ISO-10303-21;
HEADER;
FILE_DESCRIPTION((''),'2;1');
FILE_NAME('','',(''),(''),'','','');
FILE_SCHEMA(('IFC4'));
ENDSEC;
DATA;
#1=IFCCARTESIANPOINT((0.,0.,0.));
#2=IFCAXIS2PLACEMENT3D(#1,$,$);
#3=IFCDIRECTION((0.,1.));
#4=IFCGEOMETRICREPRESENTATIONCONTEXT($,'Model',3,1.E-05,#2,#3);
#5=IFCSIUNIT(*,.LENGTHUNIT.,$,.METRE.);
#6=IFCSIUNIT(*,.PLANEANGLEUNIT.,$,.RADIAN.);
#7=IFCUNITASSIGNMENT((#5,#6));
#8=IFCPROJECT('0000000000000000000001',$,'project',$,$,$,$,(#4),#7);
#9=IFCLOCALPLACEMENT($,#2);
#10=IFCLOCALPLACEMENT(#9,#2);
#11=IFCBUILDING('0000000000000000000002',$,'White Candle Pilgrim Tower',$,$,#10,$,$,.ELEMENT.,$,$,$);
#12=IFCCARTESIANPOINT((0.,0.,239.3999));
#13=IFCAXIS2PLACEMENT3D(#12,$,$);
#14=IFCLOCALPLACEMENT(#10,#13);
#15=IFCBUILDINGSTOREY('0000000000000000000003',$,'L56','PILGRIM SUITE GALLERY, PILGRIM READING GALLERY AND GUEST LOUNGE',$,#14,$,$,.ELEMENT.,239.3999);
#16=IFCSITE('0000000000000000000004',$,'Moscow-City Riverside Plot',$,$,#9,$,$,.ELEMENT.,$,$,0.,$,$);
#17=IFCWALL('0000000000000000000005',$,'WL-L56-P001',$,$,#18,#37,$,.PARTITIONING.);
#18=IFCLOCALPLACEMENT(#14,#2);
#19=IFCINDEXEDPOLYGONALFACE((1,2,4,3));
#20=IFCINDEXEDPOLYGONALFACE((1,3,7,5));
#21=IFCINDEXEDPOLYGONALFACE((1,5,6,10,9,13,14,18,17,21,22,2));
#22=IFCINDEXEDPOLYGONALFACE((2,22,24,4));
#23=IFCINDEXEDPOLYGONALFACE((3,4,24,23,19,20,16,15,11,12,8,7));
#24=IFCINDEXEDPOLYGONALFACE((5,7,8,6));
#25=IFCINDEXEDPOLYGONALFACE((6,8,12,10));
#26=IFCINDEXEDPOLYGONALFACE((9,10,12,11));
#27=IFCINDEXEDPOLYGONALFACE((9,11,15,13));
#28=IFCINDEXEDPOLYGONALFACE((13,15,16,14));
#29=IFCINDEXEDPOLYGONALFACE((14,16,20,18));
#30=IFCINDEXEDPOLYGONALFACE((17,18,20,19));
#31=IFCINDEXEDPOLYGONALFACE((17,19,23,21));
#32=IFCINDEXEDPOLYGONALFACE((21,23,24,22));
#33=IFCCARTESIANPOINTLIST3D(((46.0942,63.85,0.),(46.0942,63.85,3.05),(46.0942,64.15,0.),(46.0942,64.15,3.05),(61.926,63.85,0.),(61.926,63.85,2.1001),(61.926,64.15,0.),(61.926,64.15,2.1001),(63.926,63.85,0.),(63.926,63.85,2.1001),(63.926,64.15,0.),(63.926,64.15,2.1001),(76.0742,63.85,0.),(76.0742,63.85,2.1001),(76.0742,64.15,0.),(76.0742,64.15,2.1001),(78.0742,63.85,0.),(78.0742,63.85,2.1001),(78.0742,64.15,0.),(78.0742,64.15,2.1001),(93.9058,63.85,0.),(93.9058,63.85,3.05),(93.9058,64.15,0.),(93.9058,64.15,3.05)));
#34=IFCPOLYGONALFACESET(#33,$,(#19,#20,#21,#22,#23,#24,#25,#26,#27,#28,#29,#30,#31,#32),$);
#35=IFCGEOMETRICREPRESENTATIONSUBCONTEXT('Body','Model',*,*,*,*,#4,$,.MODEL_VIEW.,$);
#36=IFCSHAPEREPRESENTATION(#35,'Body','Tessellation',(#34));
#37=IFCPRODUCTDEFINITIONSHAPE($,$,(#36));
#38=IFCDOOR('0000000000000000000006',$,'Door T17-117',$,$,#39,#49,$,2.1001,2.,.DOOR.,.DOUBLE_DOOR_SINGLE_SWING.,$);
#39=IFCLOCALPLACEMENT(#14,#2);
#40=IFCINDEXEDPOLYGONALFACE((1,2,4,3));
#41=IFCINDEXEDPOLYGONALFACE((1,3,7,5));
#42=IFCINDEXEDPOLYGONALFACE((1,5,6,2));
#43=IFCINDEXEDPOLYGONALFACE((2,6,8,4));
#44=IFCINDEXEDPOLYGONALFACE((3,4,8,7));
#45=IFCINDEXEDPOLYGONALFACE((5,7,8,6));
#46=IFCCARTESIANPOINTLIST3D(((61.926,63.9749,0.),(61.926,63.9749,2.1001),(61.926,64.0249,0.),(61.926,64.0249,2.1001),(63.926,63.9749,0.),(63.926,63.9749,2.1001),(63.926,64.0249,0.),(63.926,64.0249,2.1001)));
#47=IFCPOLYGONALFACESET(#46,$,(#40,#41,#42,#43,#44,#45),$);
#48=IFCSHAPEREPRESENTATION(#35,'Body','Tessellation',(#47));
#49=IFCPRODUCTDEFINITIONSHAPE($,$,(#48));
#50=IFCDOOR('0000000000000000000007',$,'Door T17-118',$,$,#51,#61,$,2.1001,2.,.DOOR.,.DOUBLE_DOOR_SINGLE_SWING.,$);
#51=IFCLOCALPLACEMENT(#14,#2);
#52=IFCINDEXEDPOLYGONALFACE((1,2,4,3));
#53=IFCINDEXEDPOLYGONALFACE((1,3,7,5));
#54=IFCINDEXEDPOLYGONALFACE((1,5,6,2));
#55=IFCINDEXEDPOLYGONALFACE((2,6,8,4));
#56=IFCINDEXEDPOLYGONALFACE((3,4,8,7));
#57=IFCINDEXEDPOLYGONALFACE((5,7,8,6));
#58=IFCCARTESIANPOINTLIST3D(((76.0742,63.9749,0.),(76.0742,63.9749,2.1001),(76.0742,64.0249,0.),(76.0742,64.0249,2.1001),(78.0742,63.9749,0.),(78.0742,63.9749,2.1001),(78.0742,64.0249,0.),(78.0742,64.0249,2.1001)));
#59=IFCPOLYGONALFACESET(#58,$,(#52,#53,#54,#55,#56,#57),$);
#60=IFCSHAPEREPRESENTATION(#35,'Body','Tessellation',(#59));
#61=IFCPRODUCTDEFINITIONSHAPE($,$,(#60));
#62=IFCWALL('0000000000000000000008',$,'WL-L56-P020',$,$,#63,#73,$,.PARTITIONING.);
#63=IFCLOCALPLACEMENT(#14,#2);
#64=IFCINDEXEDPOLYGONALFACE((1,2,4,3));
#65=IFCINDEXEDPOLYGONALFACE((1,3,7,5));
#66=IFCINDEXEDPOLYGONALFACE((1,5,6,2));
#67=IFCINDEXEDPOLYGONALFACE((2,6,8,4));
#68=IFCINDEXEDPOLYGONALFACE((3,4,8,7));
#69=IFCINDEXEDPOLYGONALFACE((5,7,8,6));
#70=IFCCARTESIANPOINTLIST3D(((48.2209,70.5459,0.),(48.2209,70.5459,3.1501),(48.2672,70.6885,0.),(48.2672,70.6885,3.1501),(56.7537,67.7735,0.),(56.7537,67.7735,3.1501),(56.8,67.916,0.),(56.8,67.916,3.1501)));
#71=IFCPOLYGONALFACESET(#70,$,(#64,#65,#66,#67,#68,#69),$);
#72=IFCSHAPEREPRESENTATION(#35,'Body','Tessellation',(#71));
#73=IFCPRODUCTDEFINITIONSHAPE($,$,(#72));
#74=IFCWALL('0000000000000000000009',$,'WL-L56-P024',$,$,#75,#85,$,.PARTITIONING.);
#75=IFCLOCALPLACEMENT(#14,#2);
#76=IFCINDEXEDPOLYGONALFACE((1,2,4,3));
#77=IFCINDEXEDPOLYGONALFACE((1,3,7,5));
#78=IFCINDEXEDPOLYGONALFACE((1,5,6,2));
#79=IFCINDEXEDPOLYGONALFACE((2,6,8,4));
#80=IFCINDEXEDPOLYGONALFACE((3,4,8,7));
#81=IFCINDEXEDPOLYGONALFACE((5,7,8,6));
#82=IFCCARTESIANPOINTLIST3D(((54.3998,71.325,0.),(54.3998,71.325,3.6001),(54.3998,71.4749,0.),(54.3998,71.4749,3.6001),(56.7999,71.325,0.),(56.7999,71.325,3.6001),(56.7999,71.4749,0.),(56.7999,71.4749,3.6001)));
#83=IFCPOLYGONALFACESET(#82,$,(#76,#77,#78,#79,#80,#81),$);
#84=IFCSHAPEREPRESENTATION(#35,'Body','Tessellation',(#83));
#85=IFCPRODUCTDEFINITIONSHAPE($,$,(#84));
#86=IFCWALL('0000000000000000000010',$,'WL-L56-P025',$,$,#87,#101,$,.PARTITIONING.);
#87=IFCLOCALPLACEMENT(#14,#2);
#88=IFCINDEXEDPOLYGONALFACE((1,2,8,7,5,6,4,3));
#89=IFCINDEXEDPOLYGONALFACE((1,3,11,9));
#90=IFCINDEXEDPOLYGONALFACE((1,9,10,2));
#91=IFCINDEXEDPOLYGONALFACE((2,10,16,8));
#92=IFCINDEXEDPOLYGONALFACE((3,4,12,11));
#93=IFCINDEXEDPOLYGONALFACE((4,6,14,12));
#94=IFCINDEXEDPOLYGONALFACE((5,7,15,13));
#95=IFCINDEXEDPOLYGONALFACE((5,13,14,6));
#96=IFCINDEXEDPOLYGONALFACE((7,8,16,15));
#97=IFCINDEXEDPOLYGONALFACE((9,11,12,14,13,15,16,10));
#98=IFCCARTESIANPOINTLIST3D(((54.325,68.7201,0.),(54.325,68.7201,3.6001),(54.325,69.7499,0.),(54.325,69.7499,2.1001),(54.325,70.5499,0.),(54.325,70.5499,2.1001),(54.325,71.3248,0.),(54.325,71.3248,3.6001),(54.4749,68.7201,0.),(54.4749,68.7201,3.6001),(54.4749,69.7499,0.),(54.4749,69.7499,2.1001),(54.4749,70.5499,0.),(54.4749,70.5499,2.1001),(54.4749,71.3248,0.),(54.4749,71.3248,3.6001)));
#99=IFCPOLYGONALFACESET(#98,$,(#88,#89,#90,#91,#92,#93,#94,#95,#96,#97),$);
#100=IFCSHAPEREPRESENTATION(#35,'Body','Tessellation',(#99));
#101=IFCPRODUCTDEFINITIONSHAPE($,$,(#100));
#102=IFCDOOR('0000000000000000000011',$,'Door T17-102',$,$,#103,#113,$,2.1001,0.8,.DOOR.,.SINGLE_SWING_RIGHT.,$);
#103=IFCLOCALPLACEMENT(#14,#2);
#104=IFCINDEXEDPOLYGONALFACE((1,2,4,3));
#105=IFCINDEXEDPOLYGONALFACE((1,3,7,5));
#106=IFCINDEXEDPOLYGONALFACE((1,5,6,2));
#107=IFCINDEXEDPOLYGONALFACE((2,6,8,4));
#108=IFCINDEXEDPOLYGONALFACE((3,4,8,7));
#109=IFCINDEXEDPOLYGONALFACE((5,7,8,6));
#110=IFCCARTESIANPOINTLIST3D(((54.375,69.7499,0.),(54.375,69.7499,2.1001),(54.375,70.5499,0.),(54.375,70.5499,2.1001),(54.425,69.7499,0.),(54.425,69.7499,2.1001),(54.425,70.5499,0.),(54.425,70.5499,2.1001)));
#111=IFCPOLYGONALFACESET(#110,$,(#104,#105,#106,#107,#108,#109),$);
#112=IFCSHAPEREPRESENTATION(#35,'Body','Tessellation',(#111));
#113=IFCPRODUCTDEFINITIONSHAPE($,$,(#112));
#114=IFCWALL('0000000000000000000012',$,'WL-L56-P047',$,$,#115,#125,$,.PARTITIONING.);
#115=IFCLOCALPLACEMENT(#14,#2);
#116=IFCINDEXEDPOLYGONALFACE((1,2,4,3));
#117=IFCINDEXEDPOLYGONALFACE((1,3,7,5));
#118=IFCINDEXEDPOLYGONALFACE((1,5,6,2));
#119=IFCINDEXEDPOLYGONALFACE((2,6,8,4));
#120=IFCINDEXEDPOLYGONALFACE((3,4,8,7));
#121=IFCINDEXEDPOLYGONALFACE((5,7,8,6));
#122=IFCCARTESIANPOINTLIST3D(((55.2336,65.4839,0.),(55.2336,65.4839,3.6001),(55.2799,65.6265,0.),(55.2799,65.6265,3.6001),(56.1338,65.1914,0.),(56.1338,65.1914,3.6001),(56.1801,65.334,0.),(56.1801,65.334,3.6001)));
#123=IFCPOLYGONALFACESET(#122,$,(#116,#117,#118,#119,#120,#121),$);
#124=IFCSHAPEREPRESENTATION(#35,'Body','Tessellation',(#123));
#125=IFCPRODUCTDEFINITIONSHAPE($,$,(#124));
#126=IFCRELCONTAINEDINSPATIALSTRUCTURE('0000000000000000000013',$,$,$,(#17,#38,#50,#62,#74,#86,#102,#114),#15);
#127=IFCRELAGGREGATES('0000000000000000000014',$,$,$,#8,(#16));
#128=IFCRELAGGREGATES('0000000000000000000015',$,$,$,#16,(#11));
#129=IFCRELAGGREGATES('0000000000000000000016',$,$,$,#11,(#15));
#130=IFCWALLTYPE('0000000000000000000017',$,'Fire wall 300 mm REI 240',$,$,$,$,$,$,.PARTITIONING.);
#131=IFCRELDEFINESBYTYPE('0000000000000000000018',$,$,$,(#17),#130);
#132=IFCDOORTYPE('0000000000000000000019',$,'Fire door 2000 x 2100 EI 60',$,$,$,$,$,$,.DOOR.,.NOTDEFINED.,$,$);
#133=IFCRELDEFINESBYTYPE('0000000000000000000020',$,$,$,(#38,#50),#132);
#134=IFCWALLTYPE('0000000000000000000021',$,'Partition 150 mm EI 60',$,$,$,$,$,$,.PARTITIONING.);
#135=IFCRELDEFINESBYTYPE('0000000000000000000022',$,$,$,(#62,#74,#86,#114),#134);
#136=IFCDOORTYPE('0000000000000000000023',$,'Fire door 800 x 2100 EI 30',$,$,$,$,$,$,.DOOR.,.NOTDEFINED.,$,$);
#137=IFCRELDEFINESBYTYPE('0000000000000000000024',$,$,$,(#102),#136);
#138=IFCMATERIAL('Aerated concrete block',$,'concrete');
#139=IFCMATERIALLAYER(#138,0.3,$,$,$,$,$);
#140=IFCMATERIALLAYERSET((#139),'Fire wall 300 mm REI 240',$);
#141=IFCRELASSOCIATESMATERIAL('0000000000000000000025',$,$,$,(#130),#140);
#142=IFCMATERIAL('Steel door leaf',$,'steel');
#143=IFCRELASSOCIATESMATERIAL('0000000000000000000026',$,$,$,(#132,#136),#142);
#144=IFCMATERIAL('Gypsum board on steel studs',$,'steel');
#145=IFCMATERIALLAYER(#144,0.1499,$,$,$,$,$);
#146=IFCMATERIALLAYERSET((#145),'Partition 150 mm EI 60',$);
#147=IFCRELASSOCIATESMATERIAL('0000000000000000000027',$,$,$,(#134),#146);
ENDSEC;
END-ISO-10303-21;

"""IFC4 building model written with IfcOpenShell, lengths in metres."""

from ifc_helpers import new_model, si_unit, direction, frame, frame_2d, origin, place, context, subcontext, project, spatial, rectangle, extrude, material, layer, layer_set, type_object, element, fill, save


model = new_model("IFC4")

# Units and contexts
model_context = context("Model", 3, precision=1e-05, world=origin(), true_north=direction((0.0, 1.0)))
body_context = subcontext(model_context, "Body", "Model", "MODEL_VIEW")
ifc_project = project(units=[si_unit("LENGTHUNIT", "METRE"), si_unit("PLANEANGLEUNIT", "RADIAN")], contexts=[model_context])

# Site, building, storey
site_placement = place(None, origin())
site = spatial("IfcSite", under=ifc_project, at=site_placement, Name="Moscow-City Riverside Plot", CompositionType="ELEMENT", RefElevation=0.0)
building_placement = place(site_placement, origin())
building = spatial("IfcBuilding", under=site, at=building_placement, Name="White Candle Pilgrim Tower", CompositionType="ELEMENT")
storey_placement = place(building_placement, frame((0.0, 0.0, 239.3999)))
storey = spatial("IfcBuildingStorey", under=building, at=storey_placement, Name="L56", Description="PILGRIM SUITE GALLERY, PILGRIM READING GALLERY AND GUEST LOUNGE", CompositionType="ELEMENT", Elevation=239.3999)

# Shared definitions
ifc_material_1 = material(Name="Gypsum board on steel studs", Category="steel")
ifc_material_2 = material(Name="Steel door leaf", Category="steel")

# Wall, openings, doors
ifc_material_3 = material(Name="Aerated concrete block", Category="concrete")
ifc_layer_1 = layer(ifc_material_3, 0.3)
ifc_layer_set_1 = layer_set([ifc_layer_1], Name="Fire wall 300 mm REI 240")
wall_type_1 = type_object("IfcWallType", Name="Fire wall 300 mm REI 240", PredefinedType="PARTITIONING", material=ifc_layer_set_1)
wall_1_placement = place(storey_placement, frame((46.0942, 64.0, 0.0), z_axis=(0.0, 0.0, 1.0), x_axis=(1.0, 0.0, 0.0)))
wall_1 = element("IfcWall", 1, at=wall_1_placement, inside=storey, type_object=wall_type_1, Name="WL-L56-P001", PredefinedType="PARTITIONING", context=body_context, shape_type="SweptSolid", body=[
    extrude(rectangle(XDim=47.8115, YDim=0.3, at=frame_2d((23.9058, 0.0))), origin(), (0.0, 0.0, 1.0), 3.05),
])
opening_1_placement = place(wall_1_placement, frame((15.8318, 0.0, 0.0)))
opening_1 = element("IfcOpeningElement", 2, at=opening_1_placement, cuts=wall_1, PredefinedType="OPENING", context=body_context, shape_type="SweptSolid", body=[
    extrude(rectangle(XDim=2.0, YDim=2.1001, at=frame_2d((1.0, 1.05))), frame((0.0, 0.1599, 0.0), z_axis=(0.0, -1.0, 0.0), x_axis=(1.0, 0.0, 0.0)), (0.0, 0.0, 1.0), 0.3201),
])
opening_2_placement = place(wall_1_placement, frame((29.98, 0.0, 0.0)))
opening_2 = element("IfcOpeningElement", 3, at=opening_2_placement, cuts=wall_1, PredefinedType="OPENING", context=body_context, shape_type="SweptSolid", body=[
    extrude(rectangle(XDim=2.0, YDim=2.1001, at=frame_2d((1.0, 1.05))), frame((0.0, 0.1599, 0.0), z_axis=(0.0, -1.0, 0.0), x_axis=(1.0, 0.0, 0.0)), (0.0, 0.0, 1.0), 0.3201),
])
door_type_1 = type_object("IfcDoorType", Name="Fire door 2000 x 2100 EI 60", OperationType="NOTDEFINED", PredefinedType="DOOR", material=ifc_material_2)
door_1_placement = place(opening_1_placement, origin())
door_1 = element("IfcDoor", 4, at=door_1_placement, inside=storey, type_object=door_type_1, Name="Door T17-117", OperationType="DOUBLE_DOOR_SINGLE_SWING", OverallHeight=2.1001, OverallWidth=2.0, PredefinedType="DOOR", context=body_context, shape_type="SweptSolid", body=[
    extrude(rectangle(XDim=2.0, YDim=2.1001, at=frame_2d((1.0, 1.05))), frame((0.0, 0.0249, 0.0), z_axis=(0.0, -1.0, 0.0), x_axis=(1.0, 0.0, 0.0)), (0.0, 0.0, 1.0), 0.05),
])
fill(opening_1, door_1)
door_2_placement = place(opening_2_placement, origin())
door_2 = element("IfcDoor", 5, at=door_2_placement, inside=storey, type_object=door_type_1, Name="Door T17-118", OperationType="DOUBLE_DOOR_SINGLE_SWING", OverallHeight=2.1001, OverallWidth=2.0, PredefinedType="DOOR", context=body_context, shape_type="SweptSolid", body=[
    extrude(rectangle(XDim=2.0, YDim=2.1001, at=frame_2d((1.0, 1.05))), frame((0.0, 0.0249, 0.0), z_axis=(0.0, -1.0, 0.0), x_axis=(1.0, 0.0, 0.0)), (0.0, 0.0, 1.0), 0.05),
])
fill(opening_2, door_2)

# Walls
ifc_layer_2 = layer(ifc_material_1, 0.1499)
ifc_layer_set_2 = layer_set([ifc_layer_2], Name="Partition 150 mm EI 60")
wall_type_2 = type_object("IfcWallType", Name="Partition 150 mm EI 60", PredefinedType="PARTITIONING", material=ifc_layer_set_2)
wall_2_placement = place(storey_placement, frame((48.2441, 70.6172, 0.0), z_axis=(0.0, 0.0, 1.0), x_axis=(0.951056, -0.309018, 0.0)))
element("IfcWall", 6, at=wall_2_placement, inside=storey, type_object=wall_type_2, Name="WL-L56-P020", PredefinedType="PARTITIONING", context=body_context, shape_type="SweptSolid", body=[
    extrude(rectangle(XDim=8.9719, YDim=0.1499, at=frame_2d((4.4858, 0.0))), origin(), (0.0, 0.0, 1.0), 3.1501),
])
wall_3_placement = place(storey_placement, frame((56.8, 71.3999, 0.0), z_axis=(0.0, 0.0, 1.0), x_axis=(-1.0, 0.0, 0.0)))
element("IfcWall", 7, at=wall_3_placement, inside=storey, type_object=wall_type_2, Name="WL-L56-P024", PredefinedType="PARTITIONING", context=body_context, shape_type="SweptSolid", body=[
    extrude(rectangle(XDim=2.4001, YDim=0.1499, at=frame_2d((1.2002, 0.0))), origin(), (0.0, 0.0, 1.0), 3.6001),
])

# Wall, opening, door
wall_4_placement = place(storey_placement, frame((54.3999, 68.7202, 0.0), z_axis=(0.0, 0.0, 1.0), x_axis=(0.0, 1.0, 0.0)))
wall_4 = element("IfcWall", 8, at=wall_4_placement, inside=storey, type_object=wall_type_2, Name="WL-L56-P025", PredefinedType="PARTITIONING", context=body_context, shape_type="SweptSolid", body=[
    extrude(rectangle(XDim=2.6047, YDim=0.1499, at=frame_2d((1.3022, 0.0))), origin(), (0.0, 0.0, 1.0), 3.6001),
])
opening_3_placement = place(wall_4_placement, frame((1.0298, 0.0, 0.0)))
opening_3 = element("IfcOpeningElement", 9, at=opening_3_placement, cuts=wall_4, PredefinedType="OPENING", context=body_context, shape_type="SweptSolid", body=[
    extrude(rectangle(XDim=0.8, YDim=2.1001, at=frame_2d((0.3999, 1.05))), frame((0.0, 0.085, 0.0), z_axis=(0.0, -1.0, 0.0), x_axis=(1.0, 0.0, 0.0)), (0.0, 0.0, 1.0), 0.1699),
])
door_type_2 = type_object("IfcDoorType", Name="Fire door 800 x 2100 EI 30", OperationType="NOTDEFINED", PredefinedType="DOOR", material=ifc_material_2)
door_3_placement = place(opening_3_placement, origin())
door_3 = element("IfcDoor", 10, at=door_3_placement, inside=storey, type_object=door_type_2, Name="Door T17-102", OperationType="SINGLE_SWING_RIGHT", OverallHeight=2.1001, OverallWidth=0.8, PredefinedType="DOOR", context=body_context, shape_type="SweptSolid", body=[
    extrude(rectangle(XDim=0.8, YDim=2.1001, at=frame_2d((0.3999, 1.05))), frame((0.0, 0.0249, 0.0), z_axis=(0.0, -1.0, 0.0), x_axis=(1.0, 0.0, 0.0)), (0.0, 0.0, 1.0), 0.05),
])
fill(opening_3, door_3)

# Wall
wall_5_placement = place(storey_placement, frame((55.2568, 65.5552, 0.0), z_axis=(0.0, 0.0, 1.0), x_axis=(0.951055, -0.309022, 0.0)))
element("IfcWall", 11, at=wall_5_placement, inside=storey, type_object=wall_type_2, Name="WL-L56-P047", PredefinedType="PARTITIONING", context=body_context, shape_type="SweptSolid", body=[
    extrude(rectangle(XDim=0.9465, YDim=0.1499, at=frame_2d((0.4731, 0.0))), origin(), (0.0, 0.0, 1.0), 3.6001),
])

save(model, "model.ifc")
